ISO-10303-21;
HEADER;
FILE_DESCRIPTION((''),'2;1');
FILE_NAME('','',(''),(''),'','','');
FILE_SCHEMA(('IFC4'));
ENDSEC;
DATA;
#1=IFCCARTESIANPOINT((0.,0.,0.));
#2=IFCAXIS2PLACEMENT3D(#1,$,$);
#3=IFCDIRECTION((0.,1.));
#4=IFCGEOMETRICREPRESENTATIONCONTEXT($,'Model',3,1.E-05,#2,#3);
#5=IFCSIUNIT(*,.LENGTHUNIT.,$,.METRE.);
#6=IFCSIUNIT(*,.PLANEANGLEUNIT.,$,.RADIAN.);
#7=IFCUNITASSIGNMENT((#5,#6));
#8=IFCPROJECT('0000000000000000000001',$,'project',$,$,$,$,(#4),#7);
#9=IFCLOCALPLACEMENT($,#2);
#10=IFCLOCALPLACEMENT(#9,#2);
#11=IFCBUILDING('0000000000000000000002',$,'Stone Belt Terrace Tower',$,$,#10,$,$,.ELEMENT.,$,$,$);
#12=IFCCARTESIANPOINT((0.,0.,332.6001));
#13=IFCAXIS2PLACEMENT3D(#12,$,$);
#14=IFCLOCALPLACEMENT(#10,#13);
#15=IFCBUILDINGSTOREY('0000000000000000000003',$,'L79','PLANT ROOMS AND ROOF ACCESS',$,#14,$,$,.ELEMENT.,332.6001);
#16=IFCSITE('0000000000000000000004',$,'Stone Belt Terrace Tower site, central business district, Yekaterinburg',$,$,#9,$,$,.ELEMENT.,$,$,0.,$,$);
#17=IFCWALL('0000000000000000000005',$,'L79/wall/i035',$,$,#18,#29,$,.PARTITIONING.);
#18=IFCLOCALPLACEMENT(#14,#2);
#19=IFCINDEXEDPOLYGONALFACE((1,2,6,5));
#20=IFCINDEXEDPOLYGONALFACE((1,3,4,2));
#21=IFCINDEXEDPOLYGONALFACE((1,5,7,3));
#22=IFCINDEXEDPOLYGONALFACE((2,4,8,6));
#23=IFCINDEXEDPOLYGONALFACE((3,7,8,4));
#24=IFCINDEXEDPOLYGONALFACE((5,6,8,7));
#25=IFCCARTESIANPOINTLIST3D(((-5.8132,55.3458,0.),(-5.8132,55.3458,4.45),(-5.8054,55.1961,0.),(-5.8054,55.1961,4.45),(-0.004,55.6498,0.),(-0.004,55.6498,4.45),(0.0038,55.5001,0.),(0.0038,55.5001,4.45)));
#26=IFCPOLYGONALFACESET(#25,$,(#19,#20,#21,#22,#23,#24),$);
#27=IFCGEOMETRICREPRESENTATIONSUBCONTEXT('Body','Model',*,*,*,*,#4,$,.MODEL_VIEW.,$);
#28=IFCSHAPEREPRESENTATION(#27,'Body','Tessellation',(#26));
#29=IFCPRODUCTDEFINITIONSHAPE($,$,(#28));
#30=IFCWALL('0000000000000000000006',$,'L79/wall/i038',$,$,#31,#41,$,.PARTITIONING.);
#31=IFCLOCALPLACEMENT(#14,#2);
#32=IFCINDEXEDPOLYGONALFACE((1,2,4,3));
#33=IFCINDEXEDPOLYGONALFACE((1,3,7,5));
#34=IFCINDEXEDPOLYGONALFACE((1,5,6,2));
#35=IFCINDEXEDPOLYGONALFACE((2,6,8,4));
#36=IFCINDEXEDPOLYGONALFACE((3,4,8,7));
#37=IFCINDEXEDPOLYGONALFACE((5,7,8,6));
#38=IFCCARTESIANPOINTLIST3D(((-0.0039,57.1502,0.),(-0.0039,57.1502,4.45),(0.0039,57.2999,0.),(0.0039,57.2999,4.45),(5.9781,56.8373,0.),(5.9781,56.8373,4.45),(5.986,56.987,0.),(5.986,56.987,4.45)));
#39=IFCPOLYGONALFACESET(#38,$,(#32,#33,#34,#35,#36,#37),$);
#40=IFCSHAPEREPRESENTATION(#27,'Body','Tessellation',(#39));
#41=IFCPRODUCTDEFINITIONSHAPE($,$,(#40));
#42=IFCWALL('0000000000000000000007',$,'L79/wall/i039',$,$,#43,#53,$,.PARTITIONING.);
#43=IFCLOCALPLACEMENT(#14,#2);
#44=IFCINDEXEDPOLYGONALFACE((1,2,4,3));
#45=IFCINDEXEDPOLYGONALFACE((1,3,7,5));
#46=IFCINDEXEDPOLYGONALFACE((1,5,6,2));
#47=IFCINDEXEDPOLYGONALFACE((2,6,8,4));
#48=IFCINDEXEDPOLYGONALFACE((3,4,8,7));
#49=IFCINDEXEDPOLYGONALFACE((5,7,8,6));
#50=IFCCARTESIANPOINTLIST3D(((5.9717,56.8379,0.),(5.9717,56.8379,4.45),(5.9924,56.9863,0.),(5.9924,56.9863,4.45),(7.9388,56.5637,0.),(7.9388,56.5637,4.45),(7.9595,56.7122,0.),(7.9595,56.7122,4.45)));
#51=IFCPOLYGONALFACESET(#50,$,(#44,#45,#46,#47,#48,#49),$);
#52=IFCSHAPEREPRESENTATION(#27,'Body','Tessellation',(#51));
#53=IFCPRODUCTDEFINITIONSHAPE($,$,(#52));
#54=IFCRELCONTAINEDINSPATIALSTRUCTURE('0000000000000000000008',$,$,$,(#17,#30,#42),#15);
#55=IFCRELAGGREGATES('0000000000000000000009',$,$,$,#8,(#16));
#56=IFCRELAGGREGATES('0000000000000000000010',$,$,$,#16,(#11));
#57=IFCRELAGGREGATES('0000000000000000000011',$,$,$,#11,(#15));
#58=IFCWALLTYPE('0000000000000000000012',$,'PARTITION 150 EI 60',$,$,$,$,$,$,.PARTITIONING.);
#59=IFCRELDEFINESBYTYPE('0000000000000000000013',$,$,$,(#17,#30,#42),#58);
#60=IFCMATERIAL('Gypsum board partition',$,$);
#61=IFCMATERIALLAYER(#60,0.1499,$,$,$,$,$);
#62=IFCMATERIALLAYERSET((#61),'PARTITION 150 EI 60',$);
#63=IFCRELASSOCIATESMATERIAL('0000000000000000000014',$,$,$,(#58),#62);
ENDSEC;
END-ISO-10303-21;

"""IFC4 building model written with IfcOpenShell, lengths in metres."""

from ifc_helpers import new_model, si_unit, direction, frame, frame_2d, origin, place, context, subcontext, project, spatial, rectangle, extrude, material, layer, layer_set, type_object, element, save


model = new_model("IFC4")

# Units and contexts
model_context = context("Model", 3, precision=1e-05, world=origin(), true_north=direction((0.0, 1.0)))
body_context = subcontext(model_context, "Body", "Model", "MODEL_VIEW")
ifc_project = project(units=[si_unit("LENGTHUNIT", "METRE"), si_unit("PLANEANGLEUNIT", "RADIAN")], contexts=[model_context])

# Site, building, storey
site_placement = place(None, origin())
site = spatial("IfcSite", under=ifc_project, at=site_placement, Name="Stone Belt Terrace Tower site, central business district, Yekaterinburg", CompositionType="ELEMENT", RefElevation=0.0)
building_placement = place(site_placement, origin())
building = spatial("IfcBuilding", under=site, at=building_placement, Name="Stone Belt Terrace Tower", CompositionType="ELEMENT")
storey_placement = place(building_placement, frame((0.0, 0.0, 332.6001)))
storey = spatial("IfcBuildingStorey", under=building, at=storey_placement, Name="L79", Description="PLANT ROOMS AND ROOF ACCESS", CompositionType="ELEMENT", Elevation=332.6001)

# Shared definitions
ifc_material_1 = material(Name="Gypsum board partition")
ifc_layer_1 = layer(ifc_material_1, 0.1499)
ifc_layer_set_1 = layer_set([ifc_layer_1], Name="PARTITION 150 EI 60")
wall_type_1 = type_object("IfcWallType", Name="PARTITION 150 EI 60", PredefinedType="PARTITIONING", material=ifc_layer_set_1)

# Walls
wall_1_placement = place(storey_placement, frame((0.0, 55.575, 0.0), z_axis=(0.0, 0.0, 1.0), x_axis=(-0.998634, -0.052253, 0.0)))
element("IfcWall", 1, at=wall_1_placement, inside=storey, type_object=wall_type_1, Name="L79/wall/i035", PredefinedType="PARTITIONING", context=body_context, shape_type="SweptSolid", body=[
    extrude(rectangle(XDim=5.8171, YDim=0.1499, at=frame_2d((2.9087, 0.0))), origin(), (0.0, 0.0, 1.0), 4.45),
])
wall_2_placement = place(storey_placement, frame((0.0, 57.2251, 0.0), z_axis=(0.0, 0.0, 1.0), x_axis=(0.998634, -0.052251, 0.0)))
element("IfcWall", 2, at=wall_2_placement, inside=storey, type_object=wall_type_1, Name="L79/wall/i038", PredefinedType="PARTITIONING", context=body_context, shape_type="SweptSolid", body=[
    extrude(rectangle(XDim=5.9902, YDim=0.1499, at=frame_2d((2.9951, 0.0))), origin(), (0.0, 0.0, 1.0), 4.45),
])
wall_3_placement = place(storey_placement, frame((5.9819, 56.9121, 0.0), z_axis=(0.0, 0.0, 1.0), x_axis=(0.990426, -0.138047, 0.0)))
element("IfcWall", 3, at=wall_3_placement, inside=storey, type_object=wall_type_1, Name="L79/wall/i039", PredefinedType="PARTITIONING", context=body_context, shape_type="SweptSolid", body=[
    extrude(rectangle(XDim=1.9861, YDim=0.1499, at=frame_2d((0.9932, 0.0))), origin(), (0.0, 0.0, 1.0), 4.45),
])

save(model, "model.ifc")
